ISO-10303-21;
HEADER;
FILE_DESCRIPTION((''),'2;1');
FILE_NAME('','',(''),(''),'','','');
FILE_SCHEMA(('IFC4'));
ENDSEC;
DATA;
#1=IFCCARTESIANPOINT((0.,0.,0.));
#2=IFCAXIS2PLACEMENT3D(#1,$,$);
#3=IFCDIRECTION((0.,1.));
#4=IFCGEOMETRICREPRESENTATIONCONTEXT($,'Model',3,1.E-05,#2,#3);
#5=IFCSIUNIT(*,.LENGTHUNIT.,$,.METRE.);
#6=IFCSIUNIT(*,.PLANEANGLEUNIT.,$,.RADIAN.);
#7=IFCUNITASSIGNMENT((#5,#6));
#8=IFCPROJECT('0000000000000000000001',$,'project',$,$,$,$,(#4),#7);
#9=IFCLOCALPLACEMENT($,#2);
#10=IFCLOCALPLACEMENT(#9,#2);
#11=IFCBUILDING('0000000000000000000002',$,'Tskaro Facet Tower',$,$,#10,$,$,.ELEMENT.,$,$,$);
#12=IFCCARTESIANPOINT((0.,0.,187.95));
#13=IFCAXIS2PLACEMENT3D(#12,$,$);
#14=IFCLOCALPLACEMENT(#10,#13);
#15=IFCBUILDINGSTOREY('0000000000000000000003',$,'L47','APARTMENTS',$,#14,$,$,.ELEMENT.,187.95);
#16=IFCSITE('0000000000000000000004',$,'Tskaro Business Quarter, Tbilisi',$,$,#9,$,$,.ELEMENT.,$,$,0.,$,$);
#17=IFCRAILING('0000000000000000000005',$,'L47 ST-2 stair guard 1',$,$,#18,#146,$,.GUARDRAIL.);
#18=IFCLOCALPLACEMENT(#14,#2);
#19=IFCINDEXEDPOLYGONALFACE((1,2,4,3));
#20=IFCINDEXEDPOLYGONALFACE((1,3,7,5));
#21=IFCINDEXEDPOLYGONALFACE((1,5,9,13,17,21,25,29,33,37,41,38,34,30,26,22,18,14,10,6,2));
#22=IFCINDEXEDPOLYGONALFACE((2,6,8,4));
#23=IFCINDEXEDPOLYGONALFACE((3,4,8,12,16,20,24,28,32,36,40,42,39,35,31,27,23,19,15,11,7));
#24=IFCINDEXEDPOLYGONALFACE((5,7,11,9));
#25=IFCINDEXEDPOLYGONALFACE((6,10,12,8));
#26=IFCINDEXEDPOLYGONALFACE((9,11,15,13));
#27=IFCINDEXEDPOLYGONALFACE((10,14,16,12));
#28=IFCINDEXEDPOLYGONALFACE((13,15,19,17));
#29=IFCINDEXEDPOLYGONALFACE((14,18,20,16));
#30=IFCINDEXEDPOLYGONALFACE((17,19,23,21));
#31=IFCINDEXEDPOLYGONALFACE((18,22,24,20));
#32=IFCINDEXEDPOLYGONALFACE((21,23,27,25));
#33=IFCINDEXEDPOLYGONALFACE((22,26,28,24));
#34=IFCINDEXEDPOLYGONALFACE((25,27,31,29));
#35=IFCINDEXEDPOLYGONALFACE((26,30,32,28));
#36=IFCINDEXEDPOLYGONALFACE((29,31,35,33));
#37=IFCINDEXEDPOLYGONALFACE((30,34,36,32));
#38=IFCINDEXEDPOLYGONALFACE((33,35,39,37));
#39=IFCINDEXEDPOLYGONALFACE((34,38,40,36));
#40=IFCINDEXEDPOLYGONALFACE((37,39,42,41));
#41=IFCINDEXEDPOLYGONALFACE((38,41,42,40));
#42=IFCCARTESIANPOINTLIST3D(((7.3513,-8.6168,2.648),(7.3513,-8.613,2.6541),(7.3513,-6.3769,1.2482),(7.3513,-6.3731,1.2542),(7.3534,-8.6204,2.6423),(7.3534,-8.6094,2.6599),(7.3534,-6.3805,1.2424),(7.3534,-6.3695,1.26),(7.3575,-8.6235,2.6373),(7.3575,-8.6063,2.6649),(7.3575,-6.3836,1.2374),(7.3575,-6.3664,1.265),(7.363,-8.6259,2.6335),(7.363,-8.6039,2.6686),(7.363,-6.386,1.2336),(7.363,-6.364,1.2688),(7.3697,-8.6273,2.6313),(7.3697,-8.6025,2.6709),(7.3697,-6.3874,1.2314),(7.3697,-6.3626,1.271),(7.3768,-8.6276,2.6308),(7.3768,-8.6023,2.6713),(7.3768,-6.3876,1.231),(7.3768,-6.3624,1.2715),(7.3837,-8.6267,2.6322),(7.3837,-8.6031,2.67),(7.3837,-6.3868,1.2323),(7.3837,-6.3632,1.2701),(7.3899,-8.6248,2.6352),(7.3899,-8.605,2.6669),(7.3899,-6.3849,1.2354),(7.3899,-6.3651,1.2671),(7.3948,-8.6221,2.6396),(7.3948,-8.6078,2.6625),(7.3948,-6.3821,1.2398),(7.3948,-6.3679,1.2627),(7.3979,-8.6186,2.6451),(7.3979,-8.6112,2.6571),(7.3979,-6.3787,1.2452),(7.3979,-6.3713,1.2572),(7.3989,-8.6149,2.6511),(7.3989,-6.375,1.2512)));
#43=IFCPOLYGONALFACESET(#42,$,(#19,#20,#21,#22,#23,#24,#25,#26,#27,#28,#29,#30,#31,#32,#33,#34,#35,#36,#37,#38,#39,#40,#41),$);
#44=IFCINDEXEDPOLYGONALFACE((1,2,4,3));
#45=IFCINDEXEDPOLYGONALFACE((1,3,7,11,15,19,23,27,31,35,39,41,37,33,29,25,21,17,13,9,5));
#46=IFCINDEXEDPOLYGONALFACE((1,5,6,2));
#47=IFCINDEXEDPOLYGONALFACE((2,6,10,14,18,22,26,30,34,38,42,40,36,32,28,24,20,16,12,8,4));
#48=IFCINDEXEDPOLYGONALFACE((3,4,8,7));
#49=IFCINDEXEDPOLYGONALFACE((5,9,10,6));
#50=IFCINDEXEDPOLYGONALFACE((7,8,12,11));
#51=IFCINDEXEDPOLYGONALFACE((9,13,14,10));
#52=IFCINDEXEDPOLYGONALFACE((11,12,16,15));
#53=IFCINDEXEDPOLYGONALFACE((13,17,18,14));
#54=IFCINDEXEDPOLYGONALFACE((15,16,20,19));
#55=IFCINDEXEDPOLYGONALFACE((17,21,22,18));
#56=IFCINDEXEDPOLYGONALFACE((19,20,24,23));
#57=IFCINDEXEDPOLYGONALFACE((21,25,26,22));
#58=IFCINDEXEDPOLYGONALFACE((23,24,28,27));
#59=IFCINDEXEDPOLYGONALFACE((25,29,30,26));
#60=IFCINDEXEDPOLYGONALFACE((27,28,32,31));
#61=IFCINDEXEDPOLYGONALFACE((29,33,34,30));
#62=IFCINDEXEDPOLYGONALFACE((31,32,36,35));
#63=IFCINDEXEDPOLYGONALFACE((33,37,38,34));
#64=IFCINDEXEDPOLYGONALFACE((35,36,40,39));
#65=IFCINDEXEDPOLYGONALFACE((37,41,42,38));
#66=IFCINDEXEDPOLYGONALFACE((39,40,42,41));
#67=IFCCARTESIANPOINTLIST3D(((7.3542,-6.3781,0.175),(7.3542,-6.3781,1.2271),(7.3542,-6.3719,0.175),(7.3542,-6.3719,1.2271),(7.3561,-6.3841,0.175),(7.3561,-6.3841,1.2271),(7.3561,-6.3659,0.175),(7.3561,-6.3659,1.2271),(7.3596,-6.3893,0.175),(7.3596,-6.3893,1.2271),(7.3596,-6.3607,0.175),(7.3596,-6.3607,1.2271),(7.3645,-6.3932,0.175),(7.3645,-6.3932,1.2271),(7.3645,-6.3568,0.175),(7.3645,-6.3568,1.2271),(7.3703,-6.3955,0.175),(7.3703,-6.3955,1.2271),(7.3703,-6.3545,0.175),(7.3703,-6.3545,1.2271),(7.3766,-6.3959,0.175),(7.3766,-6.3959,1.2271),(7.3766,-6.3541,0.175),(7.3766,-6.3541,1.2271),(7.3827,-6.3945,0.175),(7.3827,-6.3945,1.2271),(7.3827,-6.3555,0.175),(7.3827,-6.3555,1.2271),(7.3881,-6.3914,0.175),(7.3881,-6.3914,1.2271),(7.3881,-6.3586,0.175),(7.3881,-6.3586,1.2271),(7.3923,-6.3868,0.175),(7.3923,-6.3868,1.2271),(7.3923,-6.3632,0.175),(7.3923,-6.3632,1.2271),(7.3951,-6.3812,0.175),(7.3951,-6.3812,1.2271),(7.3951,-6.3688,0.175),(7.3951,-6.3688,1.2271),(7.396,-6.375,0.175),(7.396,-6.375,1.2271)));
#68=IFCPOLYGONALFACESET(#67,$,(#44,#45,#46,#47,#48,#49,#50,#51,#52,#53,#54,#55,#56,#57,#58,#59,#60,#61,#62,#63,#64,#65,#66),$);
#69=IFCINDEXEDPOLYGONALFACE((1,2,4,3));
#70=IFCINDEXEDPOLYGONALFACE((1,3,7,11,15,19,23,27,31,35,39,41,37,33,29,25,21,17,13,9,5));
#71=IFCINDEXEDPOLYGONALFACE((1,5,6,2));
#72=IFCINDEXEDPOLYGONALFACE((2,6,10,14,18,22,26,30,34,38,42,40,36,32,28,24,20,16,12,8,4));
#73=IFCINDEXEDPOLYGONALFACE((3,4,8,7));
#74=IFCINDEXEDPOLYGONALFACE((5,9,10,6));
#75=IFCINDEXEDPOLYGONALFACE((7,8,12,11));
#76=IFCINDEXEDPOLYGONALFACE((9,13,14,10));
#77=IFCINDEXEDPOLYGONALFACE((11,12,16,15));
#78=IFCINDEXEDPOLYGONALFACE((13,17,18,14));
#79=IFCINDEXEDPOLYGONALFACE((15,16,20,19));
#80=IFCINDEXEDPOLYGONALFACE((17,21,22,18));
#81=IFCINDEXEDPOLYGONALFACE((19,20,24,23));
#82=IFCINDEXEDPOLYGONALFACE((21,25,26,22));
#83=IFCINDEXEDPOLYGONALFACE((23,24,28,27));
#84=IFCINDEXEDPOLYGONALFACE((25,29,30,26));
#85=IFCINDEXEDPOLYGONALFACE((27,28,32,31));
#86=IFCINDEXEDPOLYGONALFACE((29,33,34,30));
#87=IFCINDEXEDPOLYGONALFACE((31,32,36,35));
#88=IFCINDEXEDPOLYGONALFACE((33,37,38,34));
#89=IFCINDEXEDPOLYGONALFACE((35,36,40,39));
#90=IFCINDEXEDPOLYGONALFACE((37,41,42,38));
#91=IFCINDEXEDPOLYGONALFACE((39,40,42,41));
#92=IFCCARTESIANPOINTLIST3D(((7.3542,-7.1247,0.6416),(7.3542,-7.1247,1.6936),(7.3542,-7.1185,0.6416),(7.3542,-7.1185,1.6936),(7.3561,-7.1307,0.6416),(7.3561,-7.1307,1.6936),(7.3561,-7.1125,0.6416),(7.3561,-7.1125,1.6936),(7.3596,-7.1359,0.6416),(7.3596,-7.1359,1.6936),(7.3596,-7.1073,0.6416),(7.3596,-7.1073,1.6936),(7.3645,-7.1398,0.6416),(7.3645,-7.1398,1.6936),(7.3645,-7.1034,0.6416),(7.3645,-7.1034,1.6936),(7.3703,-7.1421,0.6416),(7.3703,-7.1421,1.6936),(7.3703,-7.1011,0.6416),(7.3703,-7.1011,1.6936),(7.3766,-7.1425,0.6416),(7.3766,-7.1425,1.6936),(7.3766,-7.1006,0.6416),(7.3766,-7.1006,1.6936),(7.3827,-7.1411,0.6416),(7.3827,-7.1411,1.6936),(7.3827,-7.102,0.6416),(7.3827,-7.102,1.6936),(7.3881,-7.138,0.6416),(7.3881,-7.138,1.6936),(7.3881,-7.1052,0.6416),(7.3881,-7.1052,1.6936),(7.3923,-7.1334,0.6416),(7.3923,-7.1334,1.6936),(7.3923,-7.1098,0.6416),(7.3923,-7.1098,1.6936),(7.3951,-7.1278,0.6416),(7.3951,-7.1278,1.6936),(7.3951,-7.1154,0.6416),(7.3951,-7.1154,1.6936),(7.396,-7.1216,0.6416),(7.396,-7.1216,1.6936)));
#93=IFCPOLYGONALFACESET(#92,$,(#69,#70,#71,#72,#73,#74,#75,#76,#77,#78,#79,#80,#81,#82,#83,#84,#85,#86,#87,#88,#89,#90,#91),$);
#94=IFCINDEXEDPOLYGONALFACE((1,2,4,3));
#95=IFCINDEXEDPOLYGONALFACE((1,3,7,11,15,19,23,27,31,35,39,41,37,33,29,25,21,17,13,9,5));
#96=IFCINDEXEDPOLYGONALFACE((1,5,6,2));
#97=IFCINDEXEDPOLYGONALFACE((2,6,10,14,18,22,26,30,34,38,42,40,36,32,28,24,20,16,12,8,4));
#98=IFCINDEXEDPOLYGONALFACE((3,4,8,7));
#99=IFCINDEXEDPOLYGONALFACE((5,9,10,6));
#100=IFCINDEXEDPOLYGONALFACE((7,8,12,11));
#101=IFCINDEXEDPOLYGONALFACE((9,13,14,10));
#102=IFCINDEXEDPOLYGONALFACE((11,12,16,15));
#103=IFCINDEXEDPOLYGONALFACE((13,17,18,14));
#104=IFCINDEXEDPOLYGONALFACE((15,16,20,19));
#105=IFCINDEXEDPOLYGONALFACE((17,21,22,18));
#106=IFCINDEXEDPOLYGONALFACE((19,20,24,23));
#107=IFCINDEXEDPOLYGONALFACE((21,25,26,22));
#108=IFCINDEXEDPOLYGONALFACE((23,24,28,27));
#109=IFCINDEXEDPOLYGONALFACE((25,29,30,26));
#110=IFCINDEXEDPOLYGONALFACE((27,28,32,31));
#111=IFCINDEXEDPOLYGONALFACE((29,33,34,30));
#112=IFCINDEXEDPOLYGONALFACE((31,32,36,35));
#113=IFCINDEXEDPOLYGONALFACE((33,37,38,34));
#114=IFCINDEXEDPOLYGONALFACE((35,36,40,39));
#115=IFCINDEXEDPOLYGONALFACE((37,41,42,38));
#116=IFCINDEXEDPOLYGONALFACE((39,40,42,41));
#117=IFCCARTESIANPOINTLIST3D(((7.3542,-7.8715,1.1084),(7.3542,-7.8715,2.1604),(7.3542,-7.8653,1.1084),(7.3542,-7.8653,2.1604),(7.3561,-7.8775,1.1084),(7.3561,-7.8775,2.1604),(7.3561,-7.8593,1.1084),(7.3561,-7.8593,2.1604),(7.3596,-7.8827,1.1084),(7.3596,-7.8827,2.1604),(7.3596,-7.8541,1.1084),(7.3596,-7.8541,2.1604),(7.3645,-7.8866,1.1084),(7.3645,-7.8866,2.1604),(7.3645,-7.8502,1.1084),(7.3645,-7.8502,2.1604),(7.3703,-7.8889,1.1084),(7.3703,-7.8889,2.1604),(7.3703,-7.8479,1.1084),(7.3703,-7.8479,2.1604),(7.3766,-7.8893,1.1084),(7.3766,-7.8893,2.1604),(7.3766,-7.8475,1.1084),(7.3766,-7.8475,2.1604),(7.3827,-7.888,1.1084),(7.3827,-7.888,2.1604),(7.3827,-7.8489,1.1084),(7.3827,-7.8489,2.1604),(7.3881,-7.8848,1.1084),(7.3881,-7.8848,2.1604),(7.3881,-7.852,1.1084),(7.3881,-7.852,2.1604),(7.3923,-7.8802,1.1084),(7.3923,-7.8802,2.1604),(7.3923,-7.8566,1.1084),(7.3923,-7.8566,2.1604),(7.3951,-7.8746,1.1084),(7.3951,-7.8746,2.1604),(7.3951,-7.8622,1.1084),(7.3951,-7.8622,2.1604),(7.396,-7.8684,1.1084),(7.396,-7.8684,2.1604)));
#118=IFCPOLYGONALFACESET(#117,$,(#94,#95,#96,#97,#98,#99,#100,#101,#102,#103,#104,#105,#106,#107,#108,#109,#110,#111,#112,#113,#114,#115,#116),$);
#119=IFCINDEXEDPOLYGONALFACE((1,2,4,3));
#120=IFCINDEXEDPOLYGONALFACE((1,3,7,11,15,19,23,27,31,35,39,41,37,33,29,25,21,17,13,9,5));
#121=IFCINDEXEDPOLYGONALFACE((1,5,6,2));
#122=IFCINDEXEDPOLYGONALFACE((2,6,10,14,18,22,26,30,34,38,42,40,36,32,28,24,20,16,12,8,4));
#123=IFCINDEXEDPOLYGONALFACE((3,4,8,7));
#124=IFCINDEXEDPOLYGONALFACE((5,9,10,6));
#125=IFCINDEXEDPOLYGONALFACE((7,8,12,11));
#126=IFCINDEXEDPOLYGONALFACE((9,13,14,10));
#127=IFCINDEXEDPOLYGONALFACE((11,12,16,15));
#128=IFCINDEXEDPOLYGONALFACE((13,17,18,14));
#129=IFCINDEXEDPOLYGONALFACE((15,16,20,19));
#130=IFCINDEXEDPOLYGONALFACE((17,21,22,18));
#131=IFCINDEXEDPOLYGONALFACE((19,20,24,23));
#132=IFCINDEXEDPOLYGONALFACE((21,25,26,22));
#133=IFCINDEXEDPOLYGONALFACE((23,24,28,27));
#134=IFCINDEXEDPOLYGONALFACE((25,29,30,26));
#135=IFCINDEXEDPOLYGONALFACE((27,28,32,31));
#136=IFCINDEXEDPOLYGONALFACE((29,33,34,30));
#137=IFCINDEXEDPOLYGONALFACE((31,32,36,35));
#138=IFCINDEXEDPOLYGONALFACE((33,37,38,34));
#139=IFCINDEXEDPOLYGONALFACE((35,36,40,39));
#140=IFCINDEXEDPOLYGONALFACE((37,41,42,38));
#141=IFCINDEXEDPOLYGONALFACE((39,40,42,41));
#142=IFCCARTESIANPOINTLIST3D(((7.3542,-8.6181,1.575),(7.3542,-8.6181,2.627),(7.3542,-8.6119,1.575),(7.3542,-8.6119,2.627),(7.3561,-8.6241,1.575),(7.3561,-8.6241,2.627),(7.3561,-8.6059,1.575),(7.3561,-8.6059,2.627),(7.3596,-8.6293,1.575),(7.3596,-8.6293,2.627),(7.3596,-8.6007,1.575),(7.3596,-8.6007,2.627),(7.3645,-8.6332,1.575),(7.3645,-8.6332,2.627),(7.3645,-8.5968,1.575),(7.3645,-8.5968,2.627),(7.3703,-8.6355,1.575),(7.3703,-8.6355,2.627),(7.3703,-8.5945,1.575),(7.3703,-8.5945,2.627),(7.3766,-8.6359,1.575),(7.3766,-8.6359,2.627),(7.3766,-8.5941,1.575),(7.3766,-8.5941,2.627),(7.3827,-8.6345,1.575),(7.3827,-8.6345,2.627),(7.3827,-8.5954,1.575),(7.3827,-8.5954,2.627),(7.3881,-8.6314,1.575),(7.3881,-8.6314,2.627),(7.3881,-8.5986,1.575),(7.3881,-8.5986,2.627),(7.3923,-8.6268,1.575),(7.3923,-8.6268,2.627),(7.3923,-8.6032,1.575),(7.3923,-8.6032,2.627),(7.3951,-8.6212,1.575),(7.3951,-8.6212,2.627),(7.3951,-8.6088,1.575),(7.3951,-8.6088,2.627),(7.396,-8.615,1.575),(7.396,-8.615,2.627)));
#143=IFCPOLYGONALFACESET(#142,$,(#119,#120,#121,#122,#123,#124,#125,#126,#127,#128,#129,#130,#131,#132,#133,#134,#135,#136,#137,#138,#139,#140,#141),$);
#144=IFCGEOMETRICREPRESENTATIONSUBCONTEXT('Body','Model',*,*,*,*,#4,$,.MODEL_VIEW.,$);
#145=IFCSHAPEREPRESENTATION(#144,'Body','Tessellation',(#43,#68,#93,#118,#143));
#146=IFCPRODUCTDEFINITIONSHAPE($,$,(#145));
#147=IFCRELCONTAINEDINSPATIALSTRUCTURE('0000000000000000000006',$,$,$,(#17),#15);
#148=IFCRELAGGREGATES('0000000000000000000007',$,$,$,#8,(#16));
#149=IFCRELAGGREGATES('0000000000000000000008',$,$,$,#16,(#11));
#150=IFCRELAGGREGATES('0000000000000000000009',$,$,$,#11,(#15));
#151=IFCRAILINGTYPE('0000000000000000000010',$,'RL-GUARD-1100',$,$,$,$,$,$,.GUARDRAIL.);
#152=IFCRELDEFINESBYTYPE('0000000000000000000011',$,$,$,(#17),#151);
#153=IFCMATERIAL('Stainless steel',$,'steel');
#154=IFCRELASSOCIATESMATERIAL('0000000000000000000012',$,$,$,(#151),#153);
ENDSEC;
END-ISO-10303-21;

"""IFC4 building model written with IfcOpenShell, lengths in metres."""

from ifc_helpers import new_model, si_unit, direction, frame, origin, origin_2d, place, context, subcontext, project, spatial, circle, extrude, material, type_object, element, save


model = new_model("IFC4")

# Units and contexts
model_context = context("Model", 3, precision=1e-05, world=origin(), true_north=direction((0.0, 1.0)))
body_context = subcontext(model_context, "Body", "Model", "MODEL_VIEW")
ifc_project = project(units=[si_unit("LENGTHUNIT", "METRE"), si_unit("PLANEANGLEUNIT", "RADIAN")], contexts=[model_context])

# Site, building, storey
site_placement = place(None, origin())
site = spatial("IfcSite", under=ifc_project, at=site_placement, Name="Tskaro Business Quarter, Tbilisi", CompositionType="ELEMENT", RefElevation=0.0)
building_placement = place(site_placement, origin())
building = spatial("IfcBuilding", under=site, at=building_placement, Name="Tskaro Facet Tower", CompositionType="ELEMENT")
storey_placement = place(building_placement, frame((0.0, 0.0, 187.95)))
storey = spatial("IfcBuildingStorey", under=building, at=storey_placement, Name="L47", Description="APARTMENTS", CompositionType="ELEMENT", Elevation=187.95)

# Shared definitions
ifc_material_1 = material(Name="Stainless steel", Category="steel")

# Railing
railing_type_1 = type_object("IfcRailingType", Name="RL-GUARD-1100", PredefinedType="GUARDRAIL", material=ifc_material_1)
railing_1_placement = place(storey_placement, frame((7.375, -6.375, 0.175)))
element("IfcRailing", 1, at=railing_1_placement, inside=storey, type_object=railing_type_1, Name="L47 ST-2 stair guard 1", PredefinedType="GUARDRAIL", context=body_context, shape_type="SweptSolid", body=[
    extrude(circle(Radius=0.0239, at=origin_2d()), frame((0.0, 0.0, 1.0762), z_axis=(0.0, -0.848014, 0.529974), x_axis=(1.0, 0.0, 0.0)), (0.0, 0.0, 1.0), 2.6414),
    extrude(circle(Radius=0.021, at=origin_2d()), origin(), (0.0, 0.0, 1.0), 1.052),
    extrude(circle(Radius=0.021, at=origin_2d()), frame((0.0, -0.7466, 0.4666)), (0.0, 0.0, 1.0), 1.052),
    extrude(circle(Radius=0.021, at=origin_2d()), frame((0.0, -1.4934, 0.9333)), (0.0, 0.0, 1.0), 1.052),
    extrude(circle(Radius=0.021, at=origin_2d()), frame((0.0, -2.24, 1.3999)), (0.0, 0.0, 1.0), 1.052),
])

save(model, "model.ifc")
